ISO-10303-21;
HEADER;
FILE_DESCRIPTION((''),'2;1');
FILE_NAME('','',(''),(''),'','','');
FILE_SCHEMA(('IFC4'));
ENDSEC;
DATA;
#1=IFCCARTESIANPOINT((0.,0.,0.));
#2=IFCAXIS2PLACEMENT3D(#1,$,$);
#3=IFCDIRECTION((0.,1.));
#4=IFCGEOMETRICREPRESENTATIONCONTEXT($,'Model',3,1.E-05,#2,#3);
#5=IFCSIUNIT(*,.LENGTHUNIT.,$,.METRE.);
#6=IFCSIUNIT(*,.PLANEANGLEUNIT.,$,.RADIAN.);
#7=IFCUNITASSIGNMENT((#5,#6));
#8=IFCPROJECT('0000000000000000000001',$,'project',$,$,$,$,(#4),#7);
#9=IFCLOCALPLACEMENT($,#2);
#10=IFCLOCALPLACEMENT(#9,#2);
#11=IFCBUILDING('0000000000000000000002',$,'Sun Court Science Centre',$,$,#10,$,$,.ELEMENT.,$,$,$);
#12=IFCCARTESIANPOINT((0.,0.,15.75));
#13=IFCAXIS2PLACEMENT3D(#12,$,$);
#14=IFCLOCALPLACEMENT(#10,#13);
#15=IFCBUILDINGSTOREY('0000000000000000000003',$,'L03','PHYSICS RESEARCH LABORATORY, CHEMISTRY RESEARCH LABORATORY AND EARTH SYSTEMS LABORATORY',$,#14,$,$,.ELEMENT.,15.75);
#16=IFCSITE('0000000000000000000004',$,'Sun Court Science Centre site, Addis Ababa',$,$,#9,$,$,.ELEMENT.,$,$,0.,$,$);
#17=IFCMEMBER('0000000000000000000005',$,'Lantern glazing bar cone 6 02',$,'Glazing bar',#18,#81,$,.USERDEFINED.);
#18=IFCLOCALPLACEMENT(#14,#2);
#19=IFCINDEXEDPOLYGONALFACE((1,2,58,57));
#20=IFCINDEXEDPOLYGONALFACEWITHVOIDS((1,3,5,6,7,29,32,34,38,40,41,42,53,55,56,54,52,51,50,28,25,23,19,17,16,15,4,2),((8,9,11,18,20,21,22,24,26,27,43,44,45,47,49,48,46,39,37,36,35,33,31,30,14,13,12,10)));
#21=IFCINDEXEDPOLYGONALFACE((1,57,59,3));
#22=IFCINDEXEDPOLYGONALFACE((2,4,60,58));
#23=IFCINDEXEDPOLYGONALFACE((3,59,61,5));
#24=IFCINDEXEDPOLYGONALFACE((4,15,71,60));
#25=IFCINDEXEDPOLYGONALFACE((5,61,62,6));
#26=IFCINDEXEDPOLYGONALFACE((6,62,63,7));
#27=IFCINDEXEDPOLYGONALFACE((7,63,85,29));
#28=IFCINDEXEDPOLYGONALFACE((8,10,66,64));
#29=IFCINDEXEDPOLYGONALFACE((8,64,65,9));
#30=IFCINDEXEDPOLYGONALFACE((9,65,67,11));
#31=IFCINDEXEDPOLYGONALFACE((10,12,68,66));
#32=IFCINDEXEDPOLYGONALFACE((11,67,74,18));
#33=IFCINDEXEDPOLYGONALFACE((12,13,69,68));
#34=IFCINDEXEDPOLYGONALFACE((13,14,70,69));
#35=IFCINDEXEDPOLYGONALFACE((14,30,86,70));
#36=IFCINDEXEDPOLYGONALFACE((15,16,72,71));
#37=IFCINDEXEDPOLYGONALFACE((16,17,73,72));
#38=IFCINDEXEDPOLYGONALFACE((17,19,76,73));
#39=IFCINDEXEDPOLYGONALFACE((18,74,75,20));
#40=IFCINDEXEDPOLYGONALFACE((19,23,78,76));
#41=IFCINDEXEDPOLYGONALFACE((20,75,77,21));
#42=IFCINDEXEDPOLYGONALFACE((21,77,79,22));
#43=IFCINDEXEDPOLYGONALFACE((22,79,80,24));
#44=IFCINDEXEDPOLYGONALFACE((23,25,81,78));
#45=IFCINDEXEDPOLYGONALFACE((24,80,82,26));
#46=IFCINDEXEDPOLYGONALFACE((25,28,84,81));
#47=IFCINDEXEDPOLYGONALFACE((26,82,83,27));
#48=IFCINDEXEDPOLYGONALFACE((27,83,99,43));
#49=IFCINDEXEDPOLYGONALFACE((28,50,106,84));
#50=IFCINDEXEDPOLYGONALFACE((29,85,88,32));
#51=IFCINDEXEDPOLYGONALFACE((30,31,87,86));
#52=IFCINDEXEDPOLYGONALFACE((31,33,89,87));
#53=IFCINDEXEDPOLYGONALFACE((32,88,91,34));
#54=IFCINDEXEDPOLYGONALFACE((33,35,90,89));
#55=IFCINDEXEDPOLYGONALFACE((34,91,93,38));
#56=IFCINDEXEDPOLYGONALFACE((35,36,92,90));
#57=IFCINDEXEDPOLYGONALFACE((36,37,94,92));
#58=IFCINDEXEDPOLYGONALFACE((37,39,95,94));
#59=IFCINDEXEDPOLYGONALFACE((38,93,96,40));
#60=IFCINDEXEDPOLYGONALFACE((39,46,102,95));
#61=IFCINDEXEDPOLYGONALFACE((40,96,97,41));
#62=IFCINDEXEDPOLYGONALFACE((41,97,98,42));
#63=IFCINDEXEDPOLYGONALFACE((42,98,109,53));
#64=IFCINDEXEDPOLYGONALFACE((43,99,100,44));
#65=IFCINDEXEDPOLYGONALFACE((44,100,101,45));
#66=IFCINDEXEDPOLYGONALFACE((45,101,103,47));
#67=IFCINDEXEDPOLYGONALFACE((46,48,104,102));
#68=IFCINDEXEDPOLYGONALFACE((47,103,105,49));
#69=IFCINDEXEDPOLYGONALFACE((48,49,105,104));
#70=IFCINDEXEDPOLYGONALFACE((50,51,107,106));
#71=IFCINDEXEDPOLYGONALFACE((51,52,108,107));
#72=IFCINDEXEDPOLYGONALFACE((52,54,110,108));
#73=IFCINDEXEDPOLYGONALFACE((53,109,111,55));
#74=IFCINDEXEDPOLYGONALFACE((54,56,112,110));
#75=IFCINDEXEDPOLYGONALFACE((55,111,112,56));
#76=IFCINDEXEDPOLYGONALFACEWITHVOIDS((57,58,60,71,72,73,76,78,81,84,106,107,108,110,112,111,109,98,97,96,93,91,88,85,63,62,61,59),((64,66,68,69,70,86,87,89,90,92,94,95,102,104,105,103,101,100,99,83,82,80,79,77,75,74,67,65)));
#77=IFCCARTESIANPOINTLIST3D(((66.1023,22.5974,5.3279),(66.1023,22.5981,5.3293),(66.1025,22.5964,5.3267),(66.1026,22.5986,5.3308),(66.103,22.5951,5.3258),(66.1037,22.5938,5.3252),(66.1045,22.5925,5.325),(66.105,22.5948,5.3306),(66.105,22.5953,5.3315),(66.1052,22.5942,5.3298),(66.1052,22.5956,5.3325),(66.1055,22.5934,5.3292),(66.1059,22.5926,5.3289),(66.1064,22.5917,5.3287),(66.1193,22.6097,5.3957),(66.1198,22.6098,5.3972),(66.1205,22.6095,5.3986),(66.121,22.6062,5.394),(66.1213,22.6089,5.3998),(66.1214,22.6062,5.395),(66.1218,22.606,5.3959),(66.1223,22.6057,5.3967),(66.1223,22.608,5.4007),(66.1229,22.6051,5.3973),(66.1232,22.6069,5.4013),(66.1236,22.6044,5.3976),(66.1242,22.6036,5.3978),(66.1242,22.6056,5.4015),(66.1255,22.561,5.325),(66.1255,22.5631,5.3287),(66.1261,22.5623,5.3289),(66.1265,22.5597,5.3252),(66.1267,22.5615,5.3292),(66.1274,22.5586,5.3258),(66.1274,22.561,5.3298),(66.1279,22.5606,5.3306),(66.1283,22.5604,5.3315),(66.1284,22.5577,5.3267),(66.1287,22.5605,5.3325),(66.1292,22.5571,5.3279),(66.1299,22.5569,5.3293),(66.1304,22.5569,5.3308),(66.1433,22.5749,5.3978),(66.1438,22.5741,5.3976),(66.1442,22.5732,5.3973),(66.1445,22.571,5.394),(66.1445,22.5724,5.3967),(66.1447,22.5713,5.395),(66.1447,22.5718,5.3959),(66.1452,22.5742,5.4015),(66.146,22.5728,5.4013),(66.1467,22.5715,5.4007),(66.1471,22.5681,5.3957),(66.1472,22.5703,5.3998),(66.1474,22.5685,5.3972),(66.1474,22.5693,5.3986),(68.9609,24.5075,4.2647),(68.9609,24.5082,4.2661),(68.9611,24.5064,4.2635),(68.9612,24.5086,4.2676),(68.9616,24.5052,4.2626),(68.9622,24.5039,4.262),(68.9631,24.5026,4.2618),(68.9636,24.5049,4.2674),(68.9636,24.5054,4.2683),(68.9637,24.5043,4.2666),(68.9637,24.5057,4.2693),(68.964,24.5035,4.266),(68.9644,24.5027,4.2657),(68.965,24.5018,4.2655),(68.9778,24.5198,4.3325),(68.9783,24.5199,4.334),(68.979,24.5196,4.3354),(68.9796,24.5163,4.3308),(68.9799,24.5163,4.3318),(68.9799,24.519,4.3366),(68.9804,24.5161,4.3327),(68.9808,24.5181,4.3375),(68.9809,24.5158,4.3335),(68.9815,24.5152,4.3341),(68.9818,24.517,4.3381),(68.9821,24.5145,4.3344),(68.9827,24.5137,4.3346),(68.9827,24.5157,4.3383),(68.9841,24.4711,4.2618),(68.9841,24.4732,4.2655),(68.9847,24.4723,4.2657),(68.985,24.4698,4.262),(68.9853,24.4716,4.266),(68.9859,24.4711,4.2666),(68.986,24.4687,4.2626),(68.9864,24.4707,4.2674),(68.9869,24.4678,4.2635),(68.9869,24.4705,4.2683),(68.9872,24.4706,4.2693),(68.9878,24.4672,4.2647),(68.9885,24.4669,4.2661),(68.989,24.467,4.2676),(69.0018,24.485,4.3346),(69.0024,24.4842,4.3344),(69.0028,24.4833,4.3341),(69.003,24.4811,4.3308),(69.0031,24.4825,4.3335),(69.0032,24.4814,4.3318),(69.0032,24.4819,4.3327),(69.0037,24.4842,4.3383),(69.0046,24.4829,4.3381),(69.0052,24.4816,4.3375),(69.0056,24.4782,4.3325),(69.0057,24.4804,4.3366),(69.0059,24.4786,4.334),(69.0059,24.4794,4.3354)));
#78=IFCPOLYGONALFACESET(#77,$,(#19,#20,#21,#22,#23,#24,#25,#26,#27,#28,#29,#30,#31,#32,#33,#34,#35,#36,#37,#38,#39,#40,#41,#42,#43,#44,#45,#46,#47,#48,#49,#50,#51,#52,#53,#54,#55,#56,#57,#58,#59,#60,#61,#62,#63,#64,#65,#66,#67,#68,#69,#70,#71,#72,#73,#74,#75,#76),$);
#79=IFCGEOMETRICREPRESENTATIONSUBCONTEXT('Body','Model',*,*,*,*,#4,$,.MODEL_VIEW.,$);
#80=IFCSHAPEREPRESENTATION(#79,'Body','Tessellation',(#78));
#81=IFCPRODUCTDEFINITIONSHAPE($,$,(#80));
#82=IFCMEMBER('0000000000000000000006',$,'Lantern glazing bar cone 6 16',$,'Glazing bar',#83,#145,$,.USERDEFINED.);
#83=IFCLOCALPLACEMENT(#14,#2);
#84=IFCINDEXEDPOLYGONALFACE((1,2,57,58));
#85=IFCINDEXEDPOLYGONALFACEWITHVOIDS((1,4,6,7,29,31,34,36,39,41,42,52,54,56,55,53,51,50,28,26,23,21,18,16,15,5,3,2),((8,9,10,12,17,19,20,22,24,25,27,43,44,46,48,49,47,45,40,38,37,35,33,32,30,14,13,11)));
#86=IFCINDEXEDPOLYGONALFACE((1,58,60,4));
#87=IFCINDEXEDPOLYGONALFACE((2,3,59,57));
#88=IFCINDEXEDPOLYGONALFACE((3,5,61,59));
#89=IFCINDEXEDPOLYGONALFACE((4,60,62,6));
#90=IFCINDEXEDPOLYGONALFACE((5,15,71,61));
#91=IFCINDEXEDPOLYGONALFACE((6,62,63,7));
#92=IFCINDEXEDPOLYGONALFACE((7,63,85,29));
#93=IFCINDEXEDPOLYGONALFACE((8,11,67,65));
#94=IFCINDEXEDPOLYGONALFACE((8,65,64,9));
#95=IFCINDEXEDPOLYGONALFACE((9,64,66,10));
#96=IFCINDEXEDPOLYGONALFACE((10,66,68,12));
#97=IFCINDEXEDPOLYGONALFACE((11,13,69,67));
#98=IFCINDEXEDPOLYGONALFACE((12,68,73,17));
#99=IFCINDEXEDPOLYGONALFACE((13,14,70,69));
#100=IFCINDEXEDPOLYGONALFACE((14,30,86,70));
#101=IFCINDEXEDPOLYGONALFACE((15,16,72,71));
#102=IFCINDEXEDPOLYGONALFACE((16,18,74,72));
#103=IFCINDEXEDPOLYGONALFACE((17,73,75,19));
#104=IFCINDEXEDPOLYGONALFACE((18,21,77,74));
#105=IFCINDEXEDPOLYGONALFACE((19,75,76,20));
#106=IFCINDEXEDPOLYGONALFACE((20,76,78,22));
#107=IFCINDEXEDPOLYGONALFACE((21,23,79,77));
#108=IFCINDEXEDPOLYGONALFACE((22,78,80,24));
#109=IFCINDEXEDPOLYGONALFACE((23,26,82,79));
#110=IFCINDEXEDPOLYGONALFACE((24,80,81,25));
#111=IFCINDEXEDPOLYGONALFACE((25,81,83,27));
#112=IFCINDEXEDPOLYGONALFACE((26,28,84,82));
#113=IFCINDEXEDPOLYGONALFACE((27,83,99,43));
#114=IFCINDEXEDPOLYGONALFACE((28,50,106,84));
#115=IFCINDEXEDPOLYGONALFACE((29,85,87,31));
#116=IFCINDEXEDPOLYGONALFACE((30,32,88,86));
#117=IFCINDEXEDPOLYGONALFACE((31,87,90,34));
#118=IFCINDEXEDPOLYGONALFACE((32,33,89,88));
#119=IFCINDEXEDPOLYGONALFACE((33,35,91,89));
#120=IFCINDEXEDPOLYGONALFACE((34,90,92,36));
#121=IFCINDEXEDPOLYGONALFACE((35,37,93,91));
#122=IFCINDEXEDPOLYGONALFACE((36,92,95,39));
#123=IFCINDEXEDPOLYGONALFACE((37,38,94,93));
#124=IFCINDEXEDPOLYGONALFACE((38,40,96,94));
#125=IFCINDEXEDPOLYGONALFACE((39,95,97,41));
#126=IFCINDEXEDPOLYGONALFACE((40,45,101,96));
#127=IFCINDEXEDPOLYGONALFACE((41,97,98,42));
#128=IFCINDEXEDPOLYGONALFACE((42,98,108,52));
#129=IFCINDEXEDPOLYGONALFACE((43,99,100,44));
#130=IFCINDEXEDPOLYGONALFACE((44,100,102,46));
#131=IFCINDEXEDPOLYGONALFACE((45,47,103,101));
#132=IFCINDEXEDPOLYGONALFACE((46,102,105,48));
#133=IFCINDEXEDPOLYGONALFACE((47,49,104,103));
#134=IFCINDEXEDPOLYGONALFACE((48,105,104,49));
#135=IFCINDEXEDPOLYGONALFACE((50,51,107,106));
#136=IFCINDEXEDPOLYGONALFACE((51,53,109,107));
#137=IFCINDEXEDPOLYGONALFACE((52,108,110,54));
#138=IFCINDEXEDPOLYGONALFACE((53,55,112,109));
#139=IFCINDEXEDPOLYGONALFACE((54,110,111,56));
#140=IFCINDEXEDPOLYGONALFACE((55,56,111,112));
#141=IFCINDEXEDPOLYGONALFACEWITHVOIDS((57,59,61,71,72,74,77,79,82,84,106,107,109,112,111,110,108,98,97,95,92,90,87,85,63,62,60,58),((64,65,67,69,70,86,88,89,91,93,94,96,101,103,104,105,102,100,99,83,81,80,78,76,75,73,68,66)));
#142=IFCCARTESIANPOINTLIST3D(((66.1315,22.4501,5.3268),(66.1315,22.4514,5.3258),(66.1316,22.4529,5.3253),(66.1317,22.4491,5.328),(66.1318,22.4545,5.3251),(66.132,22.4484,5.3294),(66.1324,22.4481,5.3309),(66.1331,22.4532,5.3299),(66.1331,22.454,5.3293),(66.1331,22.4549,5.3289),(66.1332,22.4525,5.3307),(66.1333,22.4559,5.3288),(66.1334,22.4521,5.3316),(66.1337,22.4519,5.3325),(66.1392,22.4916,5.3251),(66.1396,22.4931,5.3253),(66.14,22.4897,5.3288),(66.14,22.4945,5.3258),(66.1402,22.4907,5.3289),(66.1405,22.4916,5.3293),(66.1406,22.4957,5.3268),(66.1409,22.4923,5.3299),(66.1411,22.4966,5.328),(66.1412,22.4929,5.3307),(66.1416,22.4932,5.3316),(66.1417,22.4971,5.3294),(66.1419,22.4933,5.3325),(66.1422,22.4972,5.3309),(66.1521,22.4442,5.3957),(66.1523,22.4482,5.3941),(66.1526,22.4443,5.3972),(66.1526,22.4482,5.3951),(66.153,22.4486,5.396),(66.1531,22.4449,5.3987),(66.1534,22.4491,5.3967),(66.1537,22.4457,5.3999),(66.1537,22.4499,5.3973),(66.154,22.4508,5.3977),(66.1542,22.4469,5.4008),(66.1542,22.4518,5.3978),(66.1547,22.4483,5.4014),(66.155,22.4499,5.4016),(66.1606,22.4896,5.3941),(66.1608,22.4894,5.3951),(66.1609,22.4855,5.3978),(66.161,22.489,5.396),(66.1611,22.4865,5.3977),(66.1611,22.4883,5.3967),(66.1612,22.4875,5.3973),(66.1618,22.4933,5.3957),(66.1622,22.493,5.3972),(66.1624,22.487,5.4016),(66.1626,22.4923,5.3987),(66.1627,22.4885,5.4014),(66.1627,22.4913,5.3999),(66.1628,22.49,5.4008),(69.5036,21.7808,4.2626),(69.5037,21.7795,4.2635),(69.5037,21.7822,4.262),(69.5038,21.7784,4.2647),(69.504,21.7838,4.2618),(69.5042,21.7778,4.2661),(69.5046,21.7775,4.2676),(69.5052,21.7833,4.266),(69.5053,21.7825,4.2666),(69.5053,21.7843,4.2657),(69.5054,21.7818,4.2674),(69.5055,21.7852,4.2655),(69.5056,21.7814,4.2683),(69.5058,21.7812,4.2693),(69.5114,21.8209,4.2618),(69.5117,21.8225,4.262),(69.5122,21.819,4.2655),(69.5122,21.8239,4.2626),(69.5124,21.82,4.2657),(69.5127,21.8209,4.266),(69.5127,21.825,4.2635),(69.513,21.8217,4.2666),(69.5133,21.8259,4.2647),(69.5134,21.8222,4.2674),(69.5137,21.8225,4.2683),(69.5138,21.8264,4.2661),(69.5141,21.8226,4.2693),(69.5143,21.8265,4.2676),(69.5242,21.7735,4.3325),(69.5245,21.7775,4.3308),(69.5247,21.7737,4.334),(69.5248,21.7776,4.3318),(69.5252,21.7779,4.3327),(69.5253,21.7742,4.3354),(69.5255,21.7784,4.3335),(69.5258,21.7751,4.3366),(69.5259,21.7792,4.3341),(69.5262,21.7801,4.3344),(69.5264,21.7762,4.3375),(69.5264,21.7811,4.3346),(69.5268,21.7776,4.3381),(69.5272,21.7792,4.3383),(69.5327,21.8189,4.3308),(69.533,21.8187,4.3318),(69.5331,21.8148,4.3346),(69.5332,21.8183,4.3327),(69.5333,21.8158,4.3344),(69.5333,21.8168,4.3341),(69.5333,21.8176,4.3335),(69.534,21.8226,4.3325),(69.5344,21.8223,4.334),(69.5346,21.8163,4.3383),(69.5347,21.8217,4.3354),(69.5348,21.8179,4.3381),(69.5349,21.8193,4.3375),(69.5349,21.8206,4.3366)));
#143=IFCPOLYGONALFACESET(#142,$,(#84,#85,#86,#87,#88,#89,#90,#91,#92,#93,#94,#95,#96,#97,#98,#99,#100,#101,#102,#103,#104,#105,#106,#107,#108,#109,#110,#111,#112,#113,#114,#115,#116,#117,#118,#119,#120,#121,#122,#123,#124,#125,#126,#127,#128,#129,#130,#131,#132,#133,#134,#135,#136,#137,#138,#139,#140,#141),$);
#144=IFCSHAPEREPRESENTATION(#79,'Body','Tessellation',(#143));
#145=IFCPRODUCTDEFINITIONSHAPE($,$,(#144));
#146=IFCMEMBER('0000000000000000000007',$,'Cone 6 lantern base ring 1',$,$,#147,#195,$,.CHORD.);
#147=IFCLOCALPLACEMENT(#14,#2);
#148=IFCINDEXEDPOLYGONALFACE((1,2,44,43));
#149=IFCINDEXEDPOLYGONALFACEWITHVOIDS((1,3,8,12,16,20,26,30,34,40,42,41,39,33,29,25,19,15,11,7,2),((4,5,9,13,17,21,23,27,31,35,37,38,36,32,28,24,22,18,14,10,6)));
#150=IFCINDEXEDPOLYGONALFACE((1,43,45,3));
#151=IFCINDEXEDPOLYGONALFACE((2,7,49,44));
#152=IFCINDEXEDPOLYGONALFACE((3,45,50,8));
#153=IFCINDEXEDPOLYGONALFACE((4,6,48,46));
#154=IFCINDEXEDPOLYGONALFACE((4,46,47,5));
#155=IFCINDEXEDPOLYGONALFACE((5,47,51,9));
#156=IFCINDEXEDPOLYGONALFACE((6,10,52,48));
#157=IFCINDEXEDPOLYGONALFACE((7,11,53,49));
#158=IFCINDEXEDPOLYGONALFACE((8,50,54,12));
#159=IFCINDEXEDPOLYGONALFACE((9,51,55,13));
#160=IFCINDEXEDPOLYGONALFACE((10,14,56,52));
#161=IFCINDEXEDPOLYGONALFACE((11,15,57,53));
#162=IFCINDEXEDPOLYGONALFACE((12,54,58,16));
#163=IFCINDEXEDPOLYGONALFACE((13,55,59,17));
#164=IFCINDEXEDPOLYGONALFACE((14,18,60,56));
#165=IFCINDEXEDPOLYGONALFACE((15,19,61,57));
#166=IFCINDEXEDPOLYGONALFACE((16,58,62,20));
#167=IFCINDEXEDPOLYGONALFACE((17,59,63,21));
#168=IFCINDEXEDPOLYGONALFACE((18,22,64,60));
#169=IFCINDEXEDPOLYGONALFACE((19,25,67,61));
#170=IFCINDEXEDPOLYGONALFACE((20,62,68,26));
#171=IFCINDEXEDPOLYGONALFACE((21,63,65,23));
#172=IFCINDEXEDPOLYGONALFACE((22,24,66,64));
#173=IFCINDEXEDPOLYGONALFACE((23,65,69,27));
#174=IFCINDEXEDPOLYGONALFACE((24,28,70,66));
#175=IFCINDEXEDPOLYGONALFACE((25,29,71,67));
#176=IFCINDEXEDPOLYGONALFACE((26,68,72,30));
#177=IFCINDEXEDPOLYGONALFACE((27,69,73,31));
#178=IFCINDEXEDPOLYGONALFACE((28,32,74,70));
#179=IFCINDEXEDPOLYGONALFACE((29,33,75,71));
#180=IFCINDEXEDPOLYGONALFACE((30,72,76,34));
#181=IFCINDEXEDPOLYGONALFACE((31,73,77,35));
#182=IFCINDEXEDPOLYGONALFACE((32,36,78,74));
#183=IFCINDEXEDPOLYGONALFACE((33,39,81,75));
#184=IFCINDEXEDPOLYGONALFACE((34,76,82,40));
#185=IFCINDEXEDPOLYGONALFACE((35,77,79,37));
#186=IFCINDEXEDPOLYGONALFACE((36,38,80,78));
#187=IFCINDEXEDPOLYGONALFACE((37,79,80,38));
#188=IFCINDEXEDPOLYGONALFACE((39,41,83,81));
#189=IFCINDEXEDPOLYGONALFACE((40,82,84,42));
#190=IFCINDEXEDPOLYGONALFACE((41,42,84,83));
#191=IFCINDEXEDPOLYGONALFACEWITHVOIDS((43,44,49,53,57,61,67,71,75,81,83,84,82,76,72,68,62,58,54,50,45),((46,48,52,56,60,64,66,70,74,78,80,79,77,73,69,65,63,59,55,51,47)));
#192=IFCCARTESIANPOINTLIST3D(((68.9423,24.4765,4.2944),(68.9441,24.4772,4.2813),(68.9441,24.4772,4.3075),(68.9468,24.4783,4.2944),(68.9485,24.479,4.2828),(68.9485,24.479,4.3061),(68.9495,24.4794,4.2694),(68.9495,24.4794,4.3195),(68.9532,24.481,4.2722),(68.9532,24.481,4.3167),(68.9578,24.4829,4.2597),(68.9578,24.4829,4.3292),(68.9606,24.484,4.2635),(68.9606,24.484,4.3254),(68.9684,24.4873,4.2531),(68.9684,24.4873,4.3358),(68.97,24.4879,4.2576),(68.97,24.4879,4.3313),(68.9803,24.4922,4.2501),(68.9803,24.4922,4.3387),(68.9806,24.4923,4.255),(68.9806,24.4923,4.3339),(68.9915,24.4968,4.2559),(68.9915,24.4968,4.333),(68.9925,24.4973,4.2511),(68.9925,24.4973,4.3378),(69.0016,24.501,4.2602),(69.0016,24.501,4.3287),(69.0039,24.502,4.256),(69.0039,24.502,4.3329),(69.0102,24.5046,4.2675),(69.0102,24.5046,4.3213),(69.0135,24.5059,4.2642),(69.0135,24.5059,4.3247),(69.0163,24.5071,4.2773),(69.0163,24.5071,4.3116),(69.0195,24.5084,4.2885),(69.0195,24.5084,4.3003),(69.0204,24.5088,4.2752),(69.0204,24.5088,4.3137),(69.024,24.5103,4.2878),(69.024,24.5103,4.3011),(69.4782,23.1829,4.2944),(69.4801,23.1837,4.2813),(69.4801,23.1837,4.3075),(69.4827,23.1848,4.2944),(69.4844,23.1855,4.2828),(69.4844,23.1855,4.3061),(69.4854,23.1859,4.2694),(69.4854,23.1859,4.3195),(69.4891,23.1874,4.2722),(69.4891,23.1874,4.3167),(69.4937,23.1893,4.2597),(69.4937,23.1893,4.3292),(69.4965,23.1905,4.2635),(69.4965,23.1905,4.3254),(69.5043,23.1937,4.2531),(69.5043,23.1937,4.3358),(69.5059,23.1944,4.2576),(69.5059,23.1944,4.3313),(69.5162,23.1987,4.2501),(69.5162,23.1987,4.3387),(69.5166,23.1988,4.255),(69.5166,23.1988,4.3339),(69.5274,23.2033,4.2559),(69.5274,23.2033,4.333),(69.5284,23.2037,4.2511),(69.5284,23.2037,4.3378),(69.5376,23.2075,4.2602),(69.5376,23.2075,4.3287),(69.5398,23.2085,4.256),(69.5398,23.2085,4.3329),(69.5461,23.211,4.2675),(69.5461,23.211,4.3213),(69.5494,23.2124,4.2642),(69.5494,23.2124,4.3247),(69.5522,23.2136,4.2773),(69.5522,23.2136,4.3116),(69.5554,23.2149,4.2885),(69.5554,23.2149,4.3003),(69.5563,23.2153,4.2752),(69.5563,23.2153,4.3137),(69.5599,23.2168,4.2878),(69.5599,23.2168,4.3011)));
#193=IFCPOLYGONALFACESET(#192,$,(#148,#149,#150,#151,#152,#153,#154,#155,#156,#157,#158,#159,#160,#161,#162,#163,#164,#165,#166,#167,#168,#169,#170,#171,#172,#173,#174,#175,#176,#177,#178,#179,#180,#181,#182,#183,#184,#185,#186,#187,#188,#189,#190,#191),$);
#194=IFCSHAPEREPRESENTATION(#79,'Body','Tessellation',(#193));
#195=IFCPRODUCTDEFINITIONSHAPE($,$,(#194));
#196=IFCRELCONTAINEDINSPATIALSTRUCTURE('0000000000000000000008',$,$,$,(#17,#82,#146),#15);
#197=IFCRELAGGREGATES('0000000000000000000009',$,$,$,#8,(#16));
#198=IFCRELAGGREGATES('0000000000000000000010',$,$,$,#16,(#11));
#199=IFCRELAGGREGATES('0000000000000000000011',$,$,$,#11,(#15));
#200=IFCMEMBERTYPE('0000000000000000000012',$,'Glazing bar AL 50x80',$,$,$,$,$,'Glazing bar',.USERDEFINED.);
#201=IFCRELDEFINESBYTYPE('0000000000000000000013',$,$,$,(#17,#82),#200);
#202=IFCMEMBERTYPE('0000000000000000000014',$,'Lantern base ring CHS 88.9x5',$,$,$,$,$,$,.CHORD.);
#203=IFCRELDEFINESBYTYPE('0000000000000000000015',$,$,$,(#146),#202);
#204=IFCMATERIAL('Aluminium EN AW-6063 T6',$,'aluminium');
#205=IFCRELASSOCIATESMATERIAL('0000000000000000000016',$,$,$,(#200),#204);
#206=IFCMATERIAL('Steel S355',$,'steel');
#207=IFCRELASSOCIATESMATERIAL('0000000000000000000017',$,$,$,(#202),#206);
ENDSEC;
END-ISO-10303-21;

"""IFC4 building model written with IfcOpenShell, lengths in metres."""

from ifc_helpers import new_model, si_unit, direction, frame, origin, origin_2d, place, context, subcontext, project, spatial, hollow_rectangle, hollow_circle, extrude, material, material_profile, profile_set, type_object, element, save


model = new_model("IFC4")

# Units and contexts
model_context = context("Model", 3, precision=1e-05, world=origin(), true_north=direction((0.0, 1.0)))
body_context = subcontext(model_context, "Body", "Model", "MODEL_VIEW")
ifc_project = project(units=[si_unit("LENGTHUNIT", "METRE"), si_unit("PLANEANGLEUNIT", "RADIAN")], contexts=[model_context])

# Site, building, storey
site_placement = place(None, origin())
site = spatial("IfcSite", under=ifc_project, at=site_placement, Name="Sun Court Science Centre site, Addis Ababa", CompositionType="ELEMENT", RefElevation=0.0)
building_placement = place(site_placement, origin())
building = spatial("IfcBuilding", under=site, at=building_placement, Name="Sun Court Science Centre", CompositionType="ELEMENT")
storey_placement = place(building_placement, frame((0.0, 0.0, 15.75)))
storey = spatial("IfcBuildingStorey", under=building, at=storey_placement, Name="L03", Description="PHYSICS RESEARCH LABORATORY, CHEMISTRY RESEARCH LABORATORY AND EARTH SYSTEMS LABORATORY", CompositionType="ELEMENT", Elevation=15.75)

# Members
ifc_material_1 = material(Name="Aluminium EN AW-6063 T6", Category="aluminium")
ifc_material_profile_1 = material_profile(ifc_material_1, hollow_rectangle(XDim=0.05, YDim=0.0801, WallThickness=0.0039, InnerFilletRadius=0.0039, OuterFilletRadius=0.0061, at=origin_2d()), Name="AL 50x80x4")
ifc_profile_set_1 = profile_set([ifc_material_profile_1], Name="Aluminium EN AW-6063 T6")
member_type_1 = type_object("IfcMemberType", Name="Glazing bar AL 50x80", ElementType="Glazing bar", PredefinedType="USERDEFINED", material=ifc_profile_set_1)
member_1_placement = place(storey_placement, frame((68.9834, 24.4934, 4.3), z_axis=(-0.794343, -0.530783, 0.295445), x_axis=(0.555585, -0.83146, 0.0)))
element("IfcMember", 1, at=member_1_placement, inside=storey, type_object=member_type_1, Name="Lantern glazing bar cone 6 02", ObjectType="Glazing bar", PredefinedType="USERDEFINED", context=body_context, shape_type="SweptSolid", body=[
    extrude(hollow_rectangle(XDim=0.05, YDim=0.0801, WallThickness=0.0039, InnerFilletRadius=0.0039, OuterFilletRadius=0.0061, at=origin_2d()), origin(), (0.0, 0.0, 1.0), 3.5986),
])
member_2_placement = place(storey_placement, frame((69.5193, 21.8, 4.3), z_axis=(-0.937008, 0.186357, 0.295444), x_axis=(-0.195065, -0.98079, 0.0)))
element("IfcMember", 2, at=member_2_placement, inside=storey, type_object=member_type_1, Name="Lantern glazing bar cone 6 16", ObjectType="Glazing bar", PredefinedType="USERDEFINED", context=body_context, shape_type="SweptSolid", body=[
    extrude(hollow_rectangle(XDim=0.05, YDim=0.0801, WallThickness=0.0039, InnerFilletRadius=0.0039, OuterFilletRadius=0.0061, at=origin_2d()), origin(), (0.0, 0.0, 1.0), 3.5989),
])
ifc_material_2 = material(Name="Steel S355", Category="steel")
ifc_material_profile_2 = material_profile(ifc_material_2, hollow_circle(Radius=0.0444, WallThickness=0.0049, at=origin_2d()), Name="CHS 88.9x5")
ifc_profile_set_2 = profile_set([ifc_material_profile_2], Name="Steel S355")
member_type_2 = type_object("IfcMemberType", Name="Lantern base ring CHS 88.9x5", PredefinedType="CHORD", material=ifc_profile_set_2)
for number, where, z_axis, x_axis, name in (
    (3, (69.5193, 23.2, 4.2944), (-0.382757, 0.923849, 0.0), (-0.923849, -0.382757, 0.0), "Cone 6 lantern base ring 1"),
):
    element("IfcMember", number, at=place(storey_placement, frame(where, z_axis=z_axis, x_axis=x_axis)), inside=storey, type_object=member_type_2, Name=name, PredefinedType="CHORD", context=body_context, shape_type="SweptSolid", body=[
        extrude(hollow_circle(Radius=0.0444, WallThickness=0.0049, at=origin_2d()), origin(), (0.0, 0.0, 1.0), 1.4001),
    ])

save(model, "model.ifc")
